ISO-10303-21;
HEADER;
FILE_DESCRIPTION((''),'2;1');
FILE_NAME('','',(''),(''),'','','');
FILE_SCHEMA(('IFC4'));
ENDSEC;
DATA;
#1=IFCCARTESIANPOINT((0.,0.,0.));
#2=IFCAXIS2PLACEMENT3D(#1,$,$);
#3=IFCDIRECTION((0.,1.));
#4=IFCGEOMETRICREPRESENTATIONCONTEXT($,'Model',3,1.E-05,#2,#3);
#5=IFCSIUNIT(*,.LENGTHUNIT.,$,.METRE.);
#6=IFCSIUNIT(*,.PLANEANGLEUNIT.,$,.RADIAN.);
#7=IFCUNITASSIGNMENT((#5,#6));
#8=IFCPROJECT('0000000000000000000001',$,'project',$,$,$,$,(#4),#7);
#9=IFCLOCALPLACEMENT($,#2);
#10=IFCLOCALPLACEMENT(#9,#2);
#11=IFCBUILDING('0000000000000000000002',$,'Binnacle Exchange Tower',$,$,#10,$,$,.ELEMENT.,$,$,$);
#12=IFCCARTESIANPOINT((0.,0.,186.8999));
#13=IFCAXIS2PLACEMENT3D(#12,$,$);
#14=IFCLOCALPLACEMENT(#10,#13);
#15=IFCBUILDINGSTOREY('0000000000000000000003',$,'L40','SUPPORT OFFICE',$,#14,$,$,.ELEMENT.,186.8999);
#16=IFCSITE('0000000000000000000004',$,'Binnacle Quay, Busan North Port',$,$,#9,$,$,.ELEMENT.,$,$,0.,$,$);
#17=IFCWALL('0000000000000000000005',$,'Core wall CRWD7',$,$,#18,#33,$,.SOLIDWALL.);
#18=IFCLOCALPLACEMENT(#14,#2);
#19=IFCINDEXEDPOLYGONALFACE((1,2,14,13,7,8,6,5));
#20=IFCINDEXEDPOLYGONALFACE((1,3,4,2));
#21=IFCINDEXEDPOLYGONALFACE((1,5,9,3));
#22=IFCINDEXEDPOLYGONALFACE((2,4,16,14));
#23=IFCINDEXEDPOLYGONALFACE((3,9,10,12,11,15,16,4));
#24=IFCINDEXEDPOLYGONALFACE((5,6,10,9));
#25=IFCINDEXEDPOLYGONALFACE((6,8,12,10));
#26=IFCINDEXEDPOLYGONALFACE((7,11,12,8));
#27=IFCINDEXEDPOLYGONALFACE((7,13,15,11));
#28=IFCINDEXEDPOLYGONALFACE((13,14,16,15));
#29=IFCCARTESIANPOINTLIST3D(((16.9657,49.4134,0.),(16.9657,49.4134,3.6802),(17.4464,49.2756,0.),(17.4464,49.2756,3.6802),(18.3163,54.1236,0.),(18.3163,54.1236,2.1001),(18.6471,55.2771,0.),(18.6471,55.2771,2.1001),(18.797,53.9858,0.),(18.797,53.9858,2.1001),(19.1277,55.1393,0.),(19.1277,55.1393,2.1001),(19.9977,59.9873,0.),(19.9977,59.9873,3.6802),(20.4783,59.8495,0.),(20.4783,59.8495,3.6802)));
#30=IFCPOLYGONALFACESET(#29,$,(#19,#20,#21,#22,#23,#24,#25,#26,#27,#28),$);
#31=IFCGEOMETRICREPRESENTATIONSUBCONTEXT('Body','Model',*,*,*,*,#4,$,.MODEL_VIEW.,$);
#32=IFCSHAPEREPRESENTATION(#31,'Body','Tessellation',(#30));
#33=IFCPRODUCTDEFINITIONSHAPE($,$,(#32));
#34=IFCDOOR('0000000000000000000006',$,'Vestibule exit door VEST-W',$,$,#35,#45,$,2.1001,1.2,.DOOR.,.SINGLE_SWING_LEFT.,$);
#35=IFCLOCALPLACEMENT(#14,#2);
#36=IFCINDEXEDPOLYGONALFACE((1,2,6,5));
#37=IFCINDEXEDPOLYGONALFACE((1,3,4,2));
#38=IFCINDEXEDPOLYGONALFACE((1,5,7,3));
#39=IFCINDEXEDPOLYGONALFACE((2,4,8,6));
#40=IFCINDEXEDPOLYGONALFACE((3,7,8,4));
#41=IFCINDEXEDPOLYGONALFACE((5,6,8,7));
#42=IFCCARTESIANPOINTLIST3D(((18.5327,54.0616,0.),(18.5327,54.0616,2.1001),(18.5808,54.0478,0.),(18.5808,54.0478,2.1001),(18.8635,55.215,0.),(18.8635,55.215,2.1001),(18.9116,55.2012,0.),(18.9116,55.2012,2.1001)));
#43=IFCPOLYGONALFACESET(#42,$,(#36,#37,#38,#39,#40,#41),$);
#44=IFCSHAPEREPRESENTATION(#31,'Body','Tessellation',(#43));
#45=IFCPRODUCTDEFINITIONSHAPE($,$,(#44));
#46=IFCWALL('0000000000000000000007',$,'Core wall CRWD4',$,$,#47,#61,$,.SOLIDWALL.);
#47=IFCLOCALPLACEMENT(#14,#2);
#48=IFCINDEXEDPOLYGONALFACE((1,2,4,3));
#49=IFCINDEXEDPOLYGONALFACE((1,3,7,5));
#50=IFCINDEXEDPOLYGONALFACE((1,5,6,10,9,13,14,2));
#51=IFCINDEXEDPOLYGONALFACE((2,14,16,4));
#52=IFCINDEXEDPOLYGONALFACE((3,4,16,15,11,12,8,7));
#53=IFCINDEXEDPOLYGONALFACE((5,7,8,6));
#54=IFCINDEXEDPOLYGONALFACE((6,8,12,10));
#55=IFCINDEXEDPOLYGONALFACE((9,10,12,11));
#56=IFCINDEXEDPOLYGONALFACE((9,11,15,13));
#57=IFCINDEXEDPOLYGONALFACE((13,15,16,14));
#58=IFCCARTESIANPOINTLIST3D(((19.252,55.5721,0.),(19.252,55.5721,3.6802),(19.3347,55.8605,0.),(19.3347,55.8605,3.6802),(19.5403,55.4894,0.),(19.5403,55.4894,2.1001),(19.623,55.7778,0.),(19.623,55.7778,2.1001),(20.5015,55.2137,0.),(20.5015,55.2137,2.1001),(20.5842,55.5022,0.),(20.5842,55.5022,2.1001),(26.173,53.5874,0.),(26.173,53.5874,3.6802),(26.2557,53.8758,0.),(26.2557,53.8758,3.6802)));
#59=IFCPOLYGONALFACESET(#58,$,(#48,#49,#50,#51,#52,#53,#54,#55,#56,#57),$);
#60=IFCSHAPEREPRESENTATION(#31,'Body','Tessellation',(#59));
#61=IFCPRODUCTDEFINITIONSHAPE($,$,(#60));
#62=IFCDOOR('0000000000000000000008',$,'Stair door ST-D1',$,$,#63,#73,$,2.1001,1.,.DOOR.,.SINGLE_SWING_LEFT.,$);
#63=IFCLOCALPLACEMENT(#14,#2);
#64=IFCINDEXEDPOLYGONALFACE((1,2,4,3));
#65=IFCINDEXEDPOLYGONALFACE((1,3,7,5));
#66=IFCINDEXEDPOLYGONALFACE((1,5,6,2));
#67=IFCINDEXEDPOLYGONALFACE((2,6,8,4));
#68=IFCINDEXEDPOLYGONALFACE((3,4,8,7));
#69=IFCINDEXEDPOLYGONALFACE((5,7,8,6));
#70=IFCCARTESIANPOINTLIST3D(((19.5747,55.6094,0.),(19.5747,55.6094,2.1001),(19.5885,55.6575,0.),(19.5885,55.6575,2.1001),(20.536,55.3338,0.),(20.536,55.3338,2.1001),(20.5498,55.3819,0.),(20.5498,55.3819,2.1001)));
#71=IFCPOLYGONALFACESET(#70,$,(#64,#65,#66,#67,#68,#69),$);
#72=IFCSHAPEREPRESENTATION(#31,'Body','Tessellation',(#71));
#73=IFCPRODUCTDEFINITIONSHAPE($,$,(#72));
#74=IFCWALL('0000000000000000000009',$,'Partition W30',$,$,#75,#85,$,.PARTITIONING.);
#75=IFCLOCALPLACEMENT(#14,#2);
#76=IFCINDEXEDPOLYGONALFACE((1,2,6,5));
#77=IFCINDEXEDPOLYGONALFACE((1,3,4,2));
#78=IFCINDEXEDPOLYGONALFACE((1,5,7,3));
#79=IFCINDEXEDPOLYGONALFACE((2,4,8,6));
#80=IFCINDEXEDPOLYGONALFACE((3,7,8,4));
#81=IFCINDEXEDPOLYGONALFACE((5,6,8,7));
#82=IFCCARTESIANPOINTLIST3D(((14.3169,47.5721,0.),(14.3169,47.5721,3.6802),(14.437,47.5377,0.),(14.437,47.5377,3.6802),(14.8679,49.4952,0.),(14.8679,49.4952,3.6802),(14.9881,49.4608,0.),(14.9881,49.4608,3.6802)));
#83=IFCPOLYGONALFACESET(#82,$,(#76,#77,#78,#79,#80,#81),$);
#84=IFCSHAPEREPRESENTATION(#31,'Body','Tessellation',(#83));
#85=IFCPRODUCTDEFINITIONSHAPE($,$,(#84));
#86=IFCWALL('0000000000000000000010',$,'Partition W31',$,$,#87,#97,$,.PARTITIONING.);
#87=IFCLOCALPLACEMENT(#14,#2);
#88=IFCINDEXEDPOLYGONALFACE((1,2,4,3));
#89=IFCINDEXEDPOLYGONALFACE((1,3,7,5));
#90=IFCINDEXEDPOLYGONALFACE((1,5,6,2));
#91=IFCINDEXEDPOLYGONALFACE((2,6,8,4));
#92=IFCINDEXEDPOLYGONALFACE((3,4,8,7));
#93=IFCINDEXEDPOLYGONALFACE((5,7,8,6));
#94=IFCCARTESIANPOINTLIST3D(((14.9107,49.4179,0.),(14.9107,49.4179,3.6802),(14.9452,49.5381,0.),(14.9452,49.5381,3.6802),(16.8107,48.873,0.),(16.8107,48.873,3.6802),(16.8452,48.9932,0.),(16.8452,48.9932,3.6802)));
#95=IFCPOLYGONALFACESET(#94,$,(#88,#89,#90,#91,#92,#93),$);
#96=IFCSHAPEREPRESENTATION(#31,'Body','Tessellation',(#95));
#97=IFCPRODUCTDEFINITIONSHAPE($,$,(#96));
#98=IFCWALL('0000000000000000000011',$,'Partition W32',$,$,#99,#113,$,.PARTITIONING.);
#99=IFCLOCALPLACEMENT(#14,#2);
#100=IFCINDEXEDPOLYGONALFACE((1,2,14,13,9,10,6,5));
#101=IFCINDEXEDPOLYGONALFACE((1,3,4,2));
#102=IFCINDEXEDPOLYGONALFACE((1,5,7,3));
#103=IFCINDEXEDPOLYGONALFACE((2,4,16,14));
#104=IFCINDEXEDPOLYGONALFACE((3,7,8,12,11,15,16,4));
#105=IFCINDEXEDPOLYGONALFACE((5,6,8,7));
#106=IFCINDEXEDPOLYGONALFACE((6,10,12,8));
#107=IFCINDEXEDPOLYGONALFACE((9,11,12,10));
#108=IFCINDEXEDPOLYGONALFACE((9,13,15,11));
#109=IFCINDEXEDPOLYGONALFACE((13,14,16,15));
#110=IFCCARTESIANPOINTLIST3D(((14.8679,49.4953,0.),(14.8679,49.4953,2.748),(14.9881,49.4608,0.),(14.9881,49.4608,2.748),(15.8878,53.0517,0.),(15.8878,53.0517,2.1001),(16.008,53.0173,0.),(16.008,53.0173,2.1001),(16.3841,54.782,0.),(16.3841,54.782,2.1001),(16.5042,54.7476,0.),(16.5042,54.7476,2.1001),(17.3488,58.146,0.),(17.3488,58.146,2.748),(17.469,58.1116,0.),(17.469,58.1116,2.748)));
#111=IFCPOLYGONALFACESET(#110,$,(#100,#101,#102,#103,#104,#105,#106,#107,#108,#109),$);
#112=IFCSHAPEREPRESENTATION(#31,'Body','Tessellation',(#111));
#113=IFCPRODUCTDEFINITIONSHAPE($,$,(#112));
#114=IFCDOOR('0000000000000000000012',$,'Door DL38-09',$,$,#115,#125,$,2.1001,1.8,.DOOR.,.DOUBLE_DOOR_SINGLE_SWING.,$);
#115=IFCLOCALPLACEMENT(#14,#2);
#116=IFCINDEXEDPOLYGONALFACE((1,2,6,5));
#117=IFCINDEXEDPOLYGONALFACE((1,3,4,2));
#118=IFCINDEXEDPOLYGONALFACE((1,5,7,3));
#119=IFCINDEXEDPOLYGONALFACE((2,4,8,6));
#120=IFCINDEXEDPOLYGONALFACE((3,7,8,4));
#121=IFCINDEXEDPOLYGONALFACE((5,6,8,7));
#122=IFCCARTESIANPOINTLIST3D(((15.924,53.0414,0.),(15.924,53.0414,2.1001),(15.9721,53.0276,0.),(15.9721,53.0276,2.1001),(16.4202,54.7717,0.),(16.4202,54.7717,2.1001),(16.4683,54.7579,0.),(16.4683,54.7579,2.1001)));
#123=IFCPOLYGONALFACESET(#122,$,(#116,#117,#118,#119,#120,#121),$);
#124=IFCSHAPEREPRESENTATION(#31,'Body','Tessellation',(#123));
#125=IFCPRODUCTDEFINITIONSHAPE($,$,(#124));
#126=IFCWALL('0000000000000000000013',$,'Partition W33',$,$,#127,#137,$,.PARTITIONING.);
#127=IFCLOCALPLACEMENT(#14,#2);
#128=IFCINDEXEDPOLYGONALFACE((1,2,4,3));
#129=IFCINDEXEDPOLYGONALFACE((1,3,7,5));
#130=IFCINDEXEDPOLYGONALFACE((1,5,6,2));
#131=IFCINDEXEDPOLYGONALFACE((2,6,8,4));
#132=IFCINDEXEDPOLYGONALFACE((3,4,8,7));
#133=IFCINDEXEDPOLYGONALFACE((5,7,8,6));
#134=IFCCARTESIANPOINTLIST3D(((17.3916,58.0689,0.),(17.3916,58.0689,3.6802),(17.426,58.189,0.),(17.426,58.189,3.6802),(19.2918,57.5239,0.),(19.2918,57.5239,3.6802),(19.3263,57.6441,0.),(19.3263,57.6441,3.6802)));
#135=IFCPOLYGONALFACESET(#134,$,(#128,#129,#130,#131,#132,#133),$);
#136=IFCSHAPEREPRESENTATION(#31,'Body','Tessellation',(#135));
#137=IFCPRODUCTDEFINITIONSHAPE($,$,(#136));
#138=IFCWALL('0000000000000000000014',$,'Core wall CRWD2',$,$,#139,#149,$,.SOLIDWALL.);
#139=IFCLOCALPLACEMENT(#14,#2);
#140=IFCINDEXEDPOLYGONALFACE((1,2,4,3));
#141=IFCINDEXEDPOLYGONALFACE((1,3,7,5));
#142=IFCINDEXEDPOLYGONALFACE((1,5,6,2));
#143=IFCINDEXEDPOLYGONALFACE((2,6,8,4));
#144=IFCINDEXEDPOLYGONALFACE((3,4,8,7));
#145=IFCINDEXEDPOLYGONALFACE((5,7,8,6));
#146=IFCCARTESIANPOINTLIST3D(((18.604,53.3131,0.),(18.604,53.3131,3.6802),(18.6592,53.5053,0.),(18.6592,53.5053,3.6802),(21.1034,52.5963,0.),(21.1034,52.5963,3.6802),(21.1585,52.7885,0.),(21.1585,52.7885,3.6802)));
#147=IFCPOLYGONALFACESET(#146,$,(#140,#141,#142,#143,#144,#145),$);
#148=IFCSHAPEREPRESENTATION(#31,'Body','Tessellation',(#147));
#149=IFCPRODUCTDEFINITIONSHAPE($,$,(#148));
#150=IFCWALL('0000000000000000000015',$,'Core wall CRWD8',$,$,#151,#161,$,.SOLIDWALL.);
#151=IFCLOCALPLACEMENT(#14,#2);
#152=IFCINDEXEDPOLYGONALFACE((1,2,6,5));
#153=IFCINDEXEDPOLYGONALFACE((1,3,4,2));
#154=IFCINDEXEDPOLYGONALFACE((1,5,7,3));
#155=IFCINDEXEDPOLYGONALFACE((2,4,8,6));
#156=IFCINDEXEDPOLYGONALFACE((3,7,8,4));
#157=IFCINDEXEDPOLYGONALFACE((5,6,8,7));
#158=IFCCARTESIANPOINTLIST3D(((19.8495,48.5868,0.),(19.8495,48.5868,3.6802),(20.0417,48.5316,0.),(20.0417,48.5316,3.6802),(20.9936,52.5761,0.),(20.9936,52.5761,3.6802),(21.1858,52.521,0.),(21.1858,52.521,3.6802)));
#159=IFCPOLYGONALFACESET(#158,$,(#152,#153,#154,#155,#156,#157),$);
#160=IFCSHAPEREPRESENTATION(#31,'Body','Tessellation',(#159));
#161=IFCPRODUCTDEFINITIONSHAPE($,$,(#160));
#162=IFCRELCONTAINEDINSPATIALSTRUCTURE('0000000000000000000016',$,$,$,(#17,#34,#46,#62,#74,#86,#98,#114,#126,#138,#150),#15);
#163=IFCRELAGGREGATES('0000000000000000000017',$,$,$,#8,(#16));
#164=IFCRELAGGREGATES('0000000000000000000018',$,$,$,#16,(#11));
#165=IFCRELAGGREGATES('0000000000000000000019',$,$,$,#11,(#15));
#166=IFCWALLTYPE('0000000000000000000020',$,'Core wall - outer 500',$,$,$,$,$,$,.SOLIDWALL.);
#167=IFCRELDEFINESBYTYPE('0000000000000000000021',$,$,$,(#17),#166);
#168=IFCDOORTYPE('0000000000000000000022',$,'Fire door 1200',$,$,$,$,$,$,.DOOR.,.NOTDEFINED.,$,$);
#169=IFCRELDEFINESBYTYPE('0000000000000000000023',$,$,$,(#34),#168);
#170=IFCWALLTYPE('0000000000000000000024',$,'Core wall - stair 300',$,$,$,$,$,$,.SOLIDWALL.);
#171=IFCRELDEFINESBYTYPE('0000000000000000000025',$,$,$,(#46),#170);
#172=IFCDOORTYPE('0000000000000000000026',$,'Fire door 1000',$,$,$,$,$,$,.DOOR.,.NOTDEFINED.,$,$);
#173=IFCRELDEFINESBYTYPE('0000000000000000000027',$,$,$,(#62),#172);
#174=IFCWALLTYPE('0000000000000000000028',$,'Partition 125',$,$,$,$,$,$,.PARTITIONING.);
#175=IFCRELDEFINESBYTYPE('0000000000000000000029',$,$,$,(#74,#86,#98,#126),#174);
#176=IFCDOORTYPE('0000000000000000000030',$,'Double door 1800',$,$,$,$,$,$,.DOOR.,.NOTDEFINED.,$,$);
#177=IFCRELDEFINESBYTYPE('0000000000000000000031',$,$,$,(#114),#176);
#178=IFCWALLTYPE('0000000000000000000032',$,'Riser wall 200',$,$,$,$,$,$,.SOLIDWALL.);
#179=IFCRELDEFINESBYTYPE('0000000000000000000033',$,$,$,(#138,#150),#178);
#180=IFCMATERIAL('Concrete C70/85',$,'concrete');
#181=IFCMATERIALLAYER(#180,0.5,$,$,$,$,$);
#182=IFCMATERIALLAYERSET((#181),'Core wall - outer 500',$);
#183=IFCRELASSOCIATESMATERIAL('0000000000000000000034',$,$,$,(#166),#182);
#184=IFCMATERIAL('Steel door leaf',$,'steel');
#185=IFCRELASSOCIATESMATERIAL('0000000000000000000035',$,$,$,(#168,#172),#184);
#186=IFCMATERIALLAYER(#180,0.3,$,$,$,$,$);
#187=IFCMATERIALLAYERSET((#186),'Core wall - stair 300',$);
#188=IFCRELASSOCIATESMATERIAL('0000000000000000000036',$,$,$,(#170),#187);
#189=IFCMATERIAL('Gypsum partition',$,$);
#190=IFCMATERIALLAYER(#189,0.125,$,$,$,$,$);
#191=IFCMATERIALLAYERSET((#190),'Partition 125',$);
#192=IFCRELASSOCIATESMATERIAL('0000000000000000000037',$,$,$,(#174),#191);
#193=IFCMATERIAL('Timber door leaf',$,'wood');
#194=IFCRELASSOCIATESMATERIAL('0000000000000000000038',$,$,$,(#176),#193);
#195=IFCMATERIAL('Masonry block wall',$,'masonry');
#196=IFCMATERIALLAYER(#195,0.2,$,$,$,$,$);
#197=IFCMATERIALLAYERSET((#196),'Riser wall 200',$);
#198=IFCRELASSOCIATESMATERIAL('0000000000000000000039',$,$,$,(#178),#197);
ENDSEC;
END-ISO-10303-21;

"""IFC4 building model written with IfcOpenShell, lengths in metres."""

from ifc_helpers import new_model, si_unit, direction, frame, frame_2d, origin, place, context, subcontext, project, spatial, rectangle, extrude, material, layer, layer_set, type_object, element, fill, save


model = new_model("IFC4")

# Units and contexts
model_context = context("Model", 3, precision=1e-05, world=origin(), true_north=direction((0.0, 1.0)))
body_context = subcontext(model_context, "Body", "Model", "MODEL_VIEW")
ifc_project = project(units=[si_unit("LENGTHUNIT", "METRE"), si_unit("PLANEANGLEUNIT", "RADIAN")], contexts=[model_context])

# Site, building, storey
site_placement = place(None, origin())
site = spatial("IfcSite", under=ifc_project, at=site_placement, Name="Binnacle Quay, Busan North Port", CompositionType="ELEMENT", RefElevation=0.0)
building_placement = place(site_placement, origin())
building = spatial("IfcBuilding", under=site, at=building_placement, Name="Binnacle Exchange Tower", CompositionType="ELEMENT")
storey_placement = place(building_placement, frame((0.0, 0.0, 186.8999)))
storey = spatial("IfcBuildingStorey", under=building, at=storey_placement, Name="L40", Description="SUPPORT OFFICE", CompositionType="ELEMENT", Elevation=186.8999)

# Shared definitions
ifc_material_1 = material(Name="Concrete C70/85", Category="concrete")

# Shared definitions
ifc_material_2 = material(Name="Steel door leaf", Category="steel")

# Shared definitions
ifc_layer_1 = layer(ifc_material_1, 0.5)
ifc_layer_set_1 = layer_set([ifc_layer_1], Name="Core wall - outer 500")
wall_type_1 = type_object("IfcWallType", Name="Core wall - outer 500", PredefinedType="SOLIDWALL", material=ifc_layer_set_1)

# Walls, openings, doors
wall_1_placement = place(storey_placement, frame((17.2061, 49.3445, 0.0), z_axis=(0.0, 0.0, 1.0), x_axis=(0.275633, 0.961263, 0.0)))
wall_1 = element("IfcWall", 1, at=wall_1_placement, inside=storey, type_object=wall_type_1, Name="Core wall CRWD7", PredefinedType="SOLIDWALL", context=body_context, shape_type="SweptSolid", body=[
    extrude(rectangle(XDim=11.0, YDim=0.5, at=frame_2d((5.5, 0.0))), origin(), (0.0, 0.0, 1.0), 3.6802),
])
opening_1_placement = place(wall_1_placement, frame((4.8999, 0.0, 0.0)))
opening_1 = element("IfcOpeningElement", 2, at=opening_1_placement, cuts=wall_1, PredefinedType="OPENING", context=body_context, shape_type="SweptSolid", body=[
    extrude(rectangle(XDim=1.2, YDim=2.1001, at=frame_2d((0.6001, 1.05))), frame((0.0, 0.26, 0.0), z_axis=(0.0, -1.0, 0.0), x_axis=(1.0, 0.0, 0.0)), (0.0, 0.0, 1.0), 0.52),
])
door_type_1 = type_object("IfcDoorType", Name="Fire door 1200", OperationType="NOTDEFINED", PredefinedType="DOOR", material=ifc_material_2)
door_1_placement = place(opening_1_placement, origin())
door_1 = element("IfcDoor", 3, at=door_1_placement, inside=storey, type_object=door_type_1, Name="Vestibule exit door VEST-W", OperationType="SINGLE_SWING_LEFT", OverallHeight=2.1001, OverallWidth=1.2, PredefinedType="DOOR", context=body_context, shape_type="SweptSolid", body=[
    extrude(rectangle(XDim=1.2, YDim=2.1001, at=frame_2d((0.6001, 1.05))), frame((0.0, 0.0249, 0.0), z_axis=(0.0, -1.0, 0.0), x_axis=(1.0, 0.0, 0.0)), (0.0, 0.0, 1.0), 0.05),
])
fill(opening_1, door_1)
ifc_layer_2 = layer(ifc_material_1, 0.3)
ifc_layer_set_2 = layer_set([ifc_layer_2], Name="Core wall - stair 300")
wall_type_2 = type_object("IfcWallType", Name="Core wall - stair 300", PredefinedType="SOLIDWALL", material=ifc_layer_set_2)
wall_2_placement = place(storey_placement, frame((19.2932, 55.7163, 0.0), z_axis=(0.0, 0.0, 1.0), x_axis=(0.961259, -0.275648, 0.0)))
wall_2 = element("IfcWall", 4, at=wall_2_placement, inside=storey, type_object=wall_type_2, Name="Core wall CRWD4", PredefinedType="SOLIDWALL", context=body_context, shape_type="SweptSolid", body=[
    extrude(rectangle(XDim=7.2, YDim=0.3, at=frame_2d((3.6001, 0.0))), origin(), (0.0, 0.0, 1.0), 3.6802),
])
opening_2_placement = place(wall_2_placement, frame((0.3, 0.0, 0.0)))
opening_2 = element("IfcOpeningElement", 5, at=opening_2_placement, cuts=wall_2, PredefinedType="OPENING", context=body_context, shape_type="SweptSolid", body=[
    extrude(rectangle(XDim=1.0, YDim=2.1001, at=frame_2d((0.5, 1.05))), frame((0.0, 0.1599, 0.0), z_axis=(0.0, -1.0, 0.0), x_axis=(1.0, 0.0, 0.0)), (0.0, 0.0, 1.0), 0.3201),
])
door_type_2 = type_object("IfcDoorType", Name="Fire door 1000", OperationType="NOTDEFINED", PredefinedType="DOOR", material=ifc_material_2)
door_2_placement = place(opening_2_placement, origin())
door_2 = element("IfcDoor", 6, at=door_2_placement, inside=storey, type_object=door_type_2, Name="Stair door ST-D1", OperationType="SINGLE_SWING_LEFT", OverallHeight=2.1001, OverallWidth=1.0, PredefinedType="DOOR", context=body_context, shape_type="SweptSolid", body=[
    extrude(rectangle(XDim=1.0, YDim=2.1001, at=frame_2d((0.5, 1.05))), frame((0.0, 0.0249, 0.0), z_axis=(0.0, -1.0, 0.0), x_axis=(1.0, 0.0, 0.0)), (0.0, 0.0, 1.0), 0.05),
])
fill(opening_2, door_2)

# Walls
ifc_material_3 = material(Name="Gypsum partition")
ifc_layer_3 = layer(ifc_material_3, 0.125)
ifc_layer_set_3 = layer_set([ifc_layer_3], Name="Partition 125")
wall_type_3 = type_object("IfcWallType", Name="Partition 125", PredefinedType="PARTITIONING", material=ifc_layer_set_3)
wall_3_placement = place(storey_placement, frame((14.377, 47.5549, 0.0), z_axis=(0.0, 0.0, 1.0), x_axis=(0.275446, 0.961316, 0.0)))
element("IfcWall", 7, at=wall_3_placement, inside=storey, type_object=wall_type_3, Name="Partition W30", PredefinedType="PARTITIONING", context=body_context, shape_type="SweptSolid", body=[
    extrude(rectangle(XDim=2.0005, YDim=0.125, at=frame_2d((1.0002, 0.0))), origin(), (0.0, 0.0, 1.0), 3.6802),
])
wall_4_placement = place(storey_placement, frame((14.928, 49.478, 0.0), z_axis=(0.0, 0.0, 1.0), x_axis=(0.961244, -0.2757, 0.0)))
element("IfcWall", 8, at=wall_4_placement, inside=storey, type_object=wall_type_3, Name="Partition W31", PredefinedType="PARTITIONING", context=body_context, shape_type="SweptSolid", body=[
    extrude(rectangle(XDim=1.9766, YDim=0.125, at=frame_2d((0.9883, 0.0))), origin(), (0.0, 0.0, 1.0), 3.6802),
])

# Wall, opening, door
wall_5_placement = place(storey_placement, frame((14.928, 49.478, 0.0), z_axis=(0.0, 0.0, 1.0), x_axis=(0.275674, 0.961251, 0.0)))
wall_5 = element("IfcWall", 9, at=wall_5_placement, inside=storey, type_object=wall_type_3, Name="Partition W32", PredefinedType="PARTITIONING", context=body_context, shape_type="SweptSolid", body=[
    extrude(rectangle(XDim=8.9995, YDim=0.125, at=frame_2d((4.4998, 0.0))), origin(), (0.0, 0.0, 1.0), 2.748),
])
opening_3_placement = place(wall_5_placement, frame((3.7, 0.0, 0.0)))
opening_3 = element("IfcOpeningElement", 10, at=opening_3_placement, cuts=wall_5, PredefinedType="OPENING", context=body_context, shape_type="SweptSolid", body=[
    extrude(rectangle(XDim=1.8, YDim=2.1001, at=frame_2d((0.8999, 1.05))), frame((0.0, 0.0725, 0.0), z_axis=(0.0, -1.0, 0.0), x_axis=(1.0, 0.0, 0.0)), (0.0, 0.0, 1.0), 0.145),
])
ifc_material_4 = material(Name="Timber door leaf", Category="wood")
door_type_3 = type_object("IfcDoorType", Name="Double door 1800", OperationType="NOTDEFINED", PredefinedType="DOOR", material=ifc_material_4)
door_3_placement = place(opening_3_placement, origin())
door_3 = element("IfcDoor", 11, at=door_3_placement, inside=storey, type_object=door_type_3, Name="Door DL38-09", OperationType="DOUBLE_DOOR_SINGLE_SWING", OverallHeight=2.1001, OverallWidth=1.8, PredefinedType="DOOR", context=body_context, shape_type="SweptSolid", body=[
    extrude(rectangle(XDim=1.8, YDim=2.1001, at=frame_2d((0.8999, 1.05))), frame((0.0, 0.0249, 0.0), z_axis=(0.0, -1.0, 0.0), x_axis=(1.0, 0.0, 0.0)), (0.0, 0.0, 1.0), 0.05),
])
fill(opening_3, door_3)

# Walls
wall_6_placement = place(storey_placement, frame((17.4089, 58.1289, 0.0), z_axis=(0.0, 0.0, 1.0), x_axis=(0.961253, -0.275667, 0.0)))
element("IfcWall", 12, at=wall_6_placement, inside=storey, type_object=wall_type_3, Name="Partition W33", PredefinedType="PARTITIONING", context=body_context, shape_type="SweptSolid", body=[
    extrude(rectangle(XDim=1.9768, YDim=0.125, at=frame_2d((0.9883, 0.0))), origin(), (0.0, 0.0, 1.0), 3.6802),
])
ifc_material_5 = material(Name="Masonry block wall", Category="masonry")
ifc_layer_4 = layer(ifc_material_5, 0.2)
ifc_layer_set_4 = layer_set([ifc_layer_4], Name="Riser wall 200")
wall_type_4 = type_object("IfcWallType", Name="Riser wall 200", PredefinedType="SOLIDWALL", material=ifc_layer_set_4)
wall_7_placement = place(storey_placement, frame((18.6316, 53.4092, 0.0), z_axis=(0.0, 0.0, 1.0), x_axis=(0.961247, -0.275688, 0.0)))
element("IfcWall", 13, at=wall_7_placement, inside=storey, type_object=wall_type_4, Name="Core wall CRWD2", PredefinedType="SOLIDWALL", context=body_context, shape_type="SweptSolid", body=[
    extrude(rectangle(XDim=2.6001, YDim=0.2, at=frame_2d((1.3, 0.0))), origin(), (0.0, 0.0, 1.0), 3.6802),
])
wall_8_placement = place(storey_placement, frame((19.9456, 48.5591, 0.0), z_axis=(0.0, 0.0, 1.0), x_axis=(0.275669, 0.961253, 0.0)))
element("IfcWall", 14, at=wall_8_placement, inside=storey, type_object=wall_type_4, Name="Core wall CRWD8", PredefinedType="SOLIDWALL", context=body_context, shape_type="SweptSolid", body=[
    extrude(rectangle(XDim=4.1501, YDim=0.2, at=frame_2d((2.0752, 0.0))), origin(), (0.0, 0.0, 1.0), 3.6802),
])

save(model, "model.ifc")
